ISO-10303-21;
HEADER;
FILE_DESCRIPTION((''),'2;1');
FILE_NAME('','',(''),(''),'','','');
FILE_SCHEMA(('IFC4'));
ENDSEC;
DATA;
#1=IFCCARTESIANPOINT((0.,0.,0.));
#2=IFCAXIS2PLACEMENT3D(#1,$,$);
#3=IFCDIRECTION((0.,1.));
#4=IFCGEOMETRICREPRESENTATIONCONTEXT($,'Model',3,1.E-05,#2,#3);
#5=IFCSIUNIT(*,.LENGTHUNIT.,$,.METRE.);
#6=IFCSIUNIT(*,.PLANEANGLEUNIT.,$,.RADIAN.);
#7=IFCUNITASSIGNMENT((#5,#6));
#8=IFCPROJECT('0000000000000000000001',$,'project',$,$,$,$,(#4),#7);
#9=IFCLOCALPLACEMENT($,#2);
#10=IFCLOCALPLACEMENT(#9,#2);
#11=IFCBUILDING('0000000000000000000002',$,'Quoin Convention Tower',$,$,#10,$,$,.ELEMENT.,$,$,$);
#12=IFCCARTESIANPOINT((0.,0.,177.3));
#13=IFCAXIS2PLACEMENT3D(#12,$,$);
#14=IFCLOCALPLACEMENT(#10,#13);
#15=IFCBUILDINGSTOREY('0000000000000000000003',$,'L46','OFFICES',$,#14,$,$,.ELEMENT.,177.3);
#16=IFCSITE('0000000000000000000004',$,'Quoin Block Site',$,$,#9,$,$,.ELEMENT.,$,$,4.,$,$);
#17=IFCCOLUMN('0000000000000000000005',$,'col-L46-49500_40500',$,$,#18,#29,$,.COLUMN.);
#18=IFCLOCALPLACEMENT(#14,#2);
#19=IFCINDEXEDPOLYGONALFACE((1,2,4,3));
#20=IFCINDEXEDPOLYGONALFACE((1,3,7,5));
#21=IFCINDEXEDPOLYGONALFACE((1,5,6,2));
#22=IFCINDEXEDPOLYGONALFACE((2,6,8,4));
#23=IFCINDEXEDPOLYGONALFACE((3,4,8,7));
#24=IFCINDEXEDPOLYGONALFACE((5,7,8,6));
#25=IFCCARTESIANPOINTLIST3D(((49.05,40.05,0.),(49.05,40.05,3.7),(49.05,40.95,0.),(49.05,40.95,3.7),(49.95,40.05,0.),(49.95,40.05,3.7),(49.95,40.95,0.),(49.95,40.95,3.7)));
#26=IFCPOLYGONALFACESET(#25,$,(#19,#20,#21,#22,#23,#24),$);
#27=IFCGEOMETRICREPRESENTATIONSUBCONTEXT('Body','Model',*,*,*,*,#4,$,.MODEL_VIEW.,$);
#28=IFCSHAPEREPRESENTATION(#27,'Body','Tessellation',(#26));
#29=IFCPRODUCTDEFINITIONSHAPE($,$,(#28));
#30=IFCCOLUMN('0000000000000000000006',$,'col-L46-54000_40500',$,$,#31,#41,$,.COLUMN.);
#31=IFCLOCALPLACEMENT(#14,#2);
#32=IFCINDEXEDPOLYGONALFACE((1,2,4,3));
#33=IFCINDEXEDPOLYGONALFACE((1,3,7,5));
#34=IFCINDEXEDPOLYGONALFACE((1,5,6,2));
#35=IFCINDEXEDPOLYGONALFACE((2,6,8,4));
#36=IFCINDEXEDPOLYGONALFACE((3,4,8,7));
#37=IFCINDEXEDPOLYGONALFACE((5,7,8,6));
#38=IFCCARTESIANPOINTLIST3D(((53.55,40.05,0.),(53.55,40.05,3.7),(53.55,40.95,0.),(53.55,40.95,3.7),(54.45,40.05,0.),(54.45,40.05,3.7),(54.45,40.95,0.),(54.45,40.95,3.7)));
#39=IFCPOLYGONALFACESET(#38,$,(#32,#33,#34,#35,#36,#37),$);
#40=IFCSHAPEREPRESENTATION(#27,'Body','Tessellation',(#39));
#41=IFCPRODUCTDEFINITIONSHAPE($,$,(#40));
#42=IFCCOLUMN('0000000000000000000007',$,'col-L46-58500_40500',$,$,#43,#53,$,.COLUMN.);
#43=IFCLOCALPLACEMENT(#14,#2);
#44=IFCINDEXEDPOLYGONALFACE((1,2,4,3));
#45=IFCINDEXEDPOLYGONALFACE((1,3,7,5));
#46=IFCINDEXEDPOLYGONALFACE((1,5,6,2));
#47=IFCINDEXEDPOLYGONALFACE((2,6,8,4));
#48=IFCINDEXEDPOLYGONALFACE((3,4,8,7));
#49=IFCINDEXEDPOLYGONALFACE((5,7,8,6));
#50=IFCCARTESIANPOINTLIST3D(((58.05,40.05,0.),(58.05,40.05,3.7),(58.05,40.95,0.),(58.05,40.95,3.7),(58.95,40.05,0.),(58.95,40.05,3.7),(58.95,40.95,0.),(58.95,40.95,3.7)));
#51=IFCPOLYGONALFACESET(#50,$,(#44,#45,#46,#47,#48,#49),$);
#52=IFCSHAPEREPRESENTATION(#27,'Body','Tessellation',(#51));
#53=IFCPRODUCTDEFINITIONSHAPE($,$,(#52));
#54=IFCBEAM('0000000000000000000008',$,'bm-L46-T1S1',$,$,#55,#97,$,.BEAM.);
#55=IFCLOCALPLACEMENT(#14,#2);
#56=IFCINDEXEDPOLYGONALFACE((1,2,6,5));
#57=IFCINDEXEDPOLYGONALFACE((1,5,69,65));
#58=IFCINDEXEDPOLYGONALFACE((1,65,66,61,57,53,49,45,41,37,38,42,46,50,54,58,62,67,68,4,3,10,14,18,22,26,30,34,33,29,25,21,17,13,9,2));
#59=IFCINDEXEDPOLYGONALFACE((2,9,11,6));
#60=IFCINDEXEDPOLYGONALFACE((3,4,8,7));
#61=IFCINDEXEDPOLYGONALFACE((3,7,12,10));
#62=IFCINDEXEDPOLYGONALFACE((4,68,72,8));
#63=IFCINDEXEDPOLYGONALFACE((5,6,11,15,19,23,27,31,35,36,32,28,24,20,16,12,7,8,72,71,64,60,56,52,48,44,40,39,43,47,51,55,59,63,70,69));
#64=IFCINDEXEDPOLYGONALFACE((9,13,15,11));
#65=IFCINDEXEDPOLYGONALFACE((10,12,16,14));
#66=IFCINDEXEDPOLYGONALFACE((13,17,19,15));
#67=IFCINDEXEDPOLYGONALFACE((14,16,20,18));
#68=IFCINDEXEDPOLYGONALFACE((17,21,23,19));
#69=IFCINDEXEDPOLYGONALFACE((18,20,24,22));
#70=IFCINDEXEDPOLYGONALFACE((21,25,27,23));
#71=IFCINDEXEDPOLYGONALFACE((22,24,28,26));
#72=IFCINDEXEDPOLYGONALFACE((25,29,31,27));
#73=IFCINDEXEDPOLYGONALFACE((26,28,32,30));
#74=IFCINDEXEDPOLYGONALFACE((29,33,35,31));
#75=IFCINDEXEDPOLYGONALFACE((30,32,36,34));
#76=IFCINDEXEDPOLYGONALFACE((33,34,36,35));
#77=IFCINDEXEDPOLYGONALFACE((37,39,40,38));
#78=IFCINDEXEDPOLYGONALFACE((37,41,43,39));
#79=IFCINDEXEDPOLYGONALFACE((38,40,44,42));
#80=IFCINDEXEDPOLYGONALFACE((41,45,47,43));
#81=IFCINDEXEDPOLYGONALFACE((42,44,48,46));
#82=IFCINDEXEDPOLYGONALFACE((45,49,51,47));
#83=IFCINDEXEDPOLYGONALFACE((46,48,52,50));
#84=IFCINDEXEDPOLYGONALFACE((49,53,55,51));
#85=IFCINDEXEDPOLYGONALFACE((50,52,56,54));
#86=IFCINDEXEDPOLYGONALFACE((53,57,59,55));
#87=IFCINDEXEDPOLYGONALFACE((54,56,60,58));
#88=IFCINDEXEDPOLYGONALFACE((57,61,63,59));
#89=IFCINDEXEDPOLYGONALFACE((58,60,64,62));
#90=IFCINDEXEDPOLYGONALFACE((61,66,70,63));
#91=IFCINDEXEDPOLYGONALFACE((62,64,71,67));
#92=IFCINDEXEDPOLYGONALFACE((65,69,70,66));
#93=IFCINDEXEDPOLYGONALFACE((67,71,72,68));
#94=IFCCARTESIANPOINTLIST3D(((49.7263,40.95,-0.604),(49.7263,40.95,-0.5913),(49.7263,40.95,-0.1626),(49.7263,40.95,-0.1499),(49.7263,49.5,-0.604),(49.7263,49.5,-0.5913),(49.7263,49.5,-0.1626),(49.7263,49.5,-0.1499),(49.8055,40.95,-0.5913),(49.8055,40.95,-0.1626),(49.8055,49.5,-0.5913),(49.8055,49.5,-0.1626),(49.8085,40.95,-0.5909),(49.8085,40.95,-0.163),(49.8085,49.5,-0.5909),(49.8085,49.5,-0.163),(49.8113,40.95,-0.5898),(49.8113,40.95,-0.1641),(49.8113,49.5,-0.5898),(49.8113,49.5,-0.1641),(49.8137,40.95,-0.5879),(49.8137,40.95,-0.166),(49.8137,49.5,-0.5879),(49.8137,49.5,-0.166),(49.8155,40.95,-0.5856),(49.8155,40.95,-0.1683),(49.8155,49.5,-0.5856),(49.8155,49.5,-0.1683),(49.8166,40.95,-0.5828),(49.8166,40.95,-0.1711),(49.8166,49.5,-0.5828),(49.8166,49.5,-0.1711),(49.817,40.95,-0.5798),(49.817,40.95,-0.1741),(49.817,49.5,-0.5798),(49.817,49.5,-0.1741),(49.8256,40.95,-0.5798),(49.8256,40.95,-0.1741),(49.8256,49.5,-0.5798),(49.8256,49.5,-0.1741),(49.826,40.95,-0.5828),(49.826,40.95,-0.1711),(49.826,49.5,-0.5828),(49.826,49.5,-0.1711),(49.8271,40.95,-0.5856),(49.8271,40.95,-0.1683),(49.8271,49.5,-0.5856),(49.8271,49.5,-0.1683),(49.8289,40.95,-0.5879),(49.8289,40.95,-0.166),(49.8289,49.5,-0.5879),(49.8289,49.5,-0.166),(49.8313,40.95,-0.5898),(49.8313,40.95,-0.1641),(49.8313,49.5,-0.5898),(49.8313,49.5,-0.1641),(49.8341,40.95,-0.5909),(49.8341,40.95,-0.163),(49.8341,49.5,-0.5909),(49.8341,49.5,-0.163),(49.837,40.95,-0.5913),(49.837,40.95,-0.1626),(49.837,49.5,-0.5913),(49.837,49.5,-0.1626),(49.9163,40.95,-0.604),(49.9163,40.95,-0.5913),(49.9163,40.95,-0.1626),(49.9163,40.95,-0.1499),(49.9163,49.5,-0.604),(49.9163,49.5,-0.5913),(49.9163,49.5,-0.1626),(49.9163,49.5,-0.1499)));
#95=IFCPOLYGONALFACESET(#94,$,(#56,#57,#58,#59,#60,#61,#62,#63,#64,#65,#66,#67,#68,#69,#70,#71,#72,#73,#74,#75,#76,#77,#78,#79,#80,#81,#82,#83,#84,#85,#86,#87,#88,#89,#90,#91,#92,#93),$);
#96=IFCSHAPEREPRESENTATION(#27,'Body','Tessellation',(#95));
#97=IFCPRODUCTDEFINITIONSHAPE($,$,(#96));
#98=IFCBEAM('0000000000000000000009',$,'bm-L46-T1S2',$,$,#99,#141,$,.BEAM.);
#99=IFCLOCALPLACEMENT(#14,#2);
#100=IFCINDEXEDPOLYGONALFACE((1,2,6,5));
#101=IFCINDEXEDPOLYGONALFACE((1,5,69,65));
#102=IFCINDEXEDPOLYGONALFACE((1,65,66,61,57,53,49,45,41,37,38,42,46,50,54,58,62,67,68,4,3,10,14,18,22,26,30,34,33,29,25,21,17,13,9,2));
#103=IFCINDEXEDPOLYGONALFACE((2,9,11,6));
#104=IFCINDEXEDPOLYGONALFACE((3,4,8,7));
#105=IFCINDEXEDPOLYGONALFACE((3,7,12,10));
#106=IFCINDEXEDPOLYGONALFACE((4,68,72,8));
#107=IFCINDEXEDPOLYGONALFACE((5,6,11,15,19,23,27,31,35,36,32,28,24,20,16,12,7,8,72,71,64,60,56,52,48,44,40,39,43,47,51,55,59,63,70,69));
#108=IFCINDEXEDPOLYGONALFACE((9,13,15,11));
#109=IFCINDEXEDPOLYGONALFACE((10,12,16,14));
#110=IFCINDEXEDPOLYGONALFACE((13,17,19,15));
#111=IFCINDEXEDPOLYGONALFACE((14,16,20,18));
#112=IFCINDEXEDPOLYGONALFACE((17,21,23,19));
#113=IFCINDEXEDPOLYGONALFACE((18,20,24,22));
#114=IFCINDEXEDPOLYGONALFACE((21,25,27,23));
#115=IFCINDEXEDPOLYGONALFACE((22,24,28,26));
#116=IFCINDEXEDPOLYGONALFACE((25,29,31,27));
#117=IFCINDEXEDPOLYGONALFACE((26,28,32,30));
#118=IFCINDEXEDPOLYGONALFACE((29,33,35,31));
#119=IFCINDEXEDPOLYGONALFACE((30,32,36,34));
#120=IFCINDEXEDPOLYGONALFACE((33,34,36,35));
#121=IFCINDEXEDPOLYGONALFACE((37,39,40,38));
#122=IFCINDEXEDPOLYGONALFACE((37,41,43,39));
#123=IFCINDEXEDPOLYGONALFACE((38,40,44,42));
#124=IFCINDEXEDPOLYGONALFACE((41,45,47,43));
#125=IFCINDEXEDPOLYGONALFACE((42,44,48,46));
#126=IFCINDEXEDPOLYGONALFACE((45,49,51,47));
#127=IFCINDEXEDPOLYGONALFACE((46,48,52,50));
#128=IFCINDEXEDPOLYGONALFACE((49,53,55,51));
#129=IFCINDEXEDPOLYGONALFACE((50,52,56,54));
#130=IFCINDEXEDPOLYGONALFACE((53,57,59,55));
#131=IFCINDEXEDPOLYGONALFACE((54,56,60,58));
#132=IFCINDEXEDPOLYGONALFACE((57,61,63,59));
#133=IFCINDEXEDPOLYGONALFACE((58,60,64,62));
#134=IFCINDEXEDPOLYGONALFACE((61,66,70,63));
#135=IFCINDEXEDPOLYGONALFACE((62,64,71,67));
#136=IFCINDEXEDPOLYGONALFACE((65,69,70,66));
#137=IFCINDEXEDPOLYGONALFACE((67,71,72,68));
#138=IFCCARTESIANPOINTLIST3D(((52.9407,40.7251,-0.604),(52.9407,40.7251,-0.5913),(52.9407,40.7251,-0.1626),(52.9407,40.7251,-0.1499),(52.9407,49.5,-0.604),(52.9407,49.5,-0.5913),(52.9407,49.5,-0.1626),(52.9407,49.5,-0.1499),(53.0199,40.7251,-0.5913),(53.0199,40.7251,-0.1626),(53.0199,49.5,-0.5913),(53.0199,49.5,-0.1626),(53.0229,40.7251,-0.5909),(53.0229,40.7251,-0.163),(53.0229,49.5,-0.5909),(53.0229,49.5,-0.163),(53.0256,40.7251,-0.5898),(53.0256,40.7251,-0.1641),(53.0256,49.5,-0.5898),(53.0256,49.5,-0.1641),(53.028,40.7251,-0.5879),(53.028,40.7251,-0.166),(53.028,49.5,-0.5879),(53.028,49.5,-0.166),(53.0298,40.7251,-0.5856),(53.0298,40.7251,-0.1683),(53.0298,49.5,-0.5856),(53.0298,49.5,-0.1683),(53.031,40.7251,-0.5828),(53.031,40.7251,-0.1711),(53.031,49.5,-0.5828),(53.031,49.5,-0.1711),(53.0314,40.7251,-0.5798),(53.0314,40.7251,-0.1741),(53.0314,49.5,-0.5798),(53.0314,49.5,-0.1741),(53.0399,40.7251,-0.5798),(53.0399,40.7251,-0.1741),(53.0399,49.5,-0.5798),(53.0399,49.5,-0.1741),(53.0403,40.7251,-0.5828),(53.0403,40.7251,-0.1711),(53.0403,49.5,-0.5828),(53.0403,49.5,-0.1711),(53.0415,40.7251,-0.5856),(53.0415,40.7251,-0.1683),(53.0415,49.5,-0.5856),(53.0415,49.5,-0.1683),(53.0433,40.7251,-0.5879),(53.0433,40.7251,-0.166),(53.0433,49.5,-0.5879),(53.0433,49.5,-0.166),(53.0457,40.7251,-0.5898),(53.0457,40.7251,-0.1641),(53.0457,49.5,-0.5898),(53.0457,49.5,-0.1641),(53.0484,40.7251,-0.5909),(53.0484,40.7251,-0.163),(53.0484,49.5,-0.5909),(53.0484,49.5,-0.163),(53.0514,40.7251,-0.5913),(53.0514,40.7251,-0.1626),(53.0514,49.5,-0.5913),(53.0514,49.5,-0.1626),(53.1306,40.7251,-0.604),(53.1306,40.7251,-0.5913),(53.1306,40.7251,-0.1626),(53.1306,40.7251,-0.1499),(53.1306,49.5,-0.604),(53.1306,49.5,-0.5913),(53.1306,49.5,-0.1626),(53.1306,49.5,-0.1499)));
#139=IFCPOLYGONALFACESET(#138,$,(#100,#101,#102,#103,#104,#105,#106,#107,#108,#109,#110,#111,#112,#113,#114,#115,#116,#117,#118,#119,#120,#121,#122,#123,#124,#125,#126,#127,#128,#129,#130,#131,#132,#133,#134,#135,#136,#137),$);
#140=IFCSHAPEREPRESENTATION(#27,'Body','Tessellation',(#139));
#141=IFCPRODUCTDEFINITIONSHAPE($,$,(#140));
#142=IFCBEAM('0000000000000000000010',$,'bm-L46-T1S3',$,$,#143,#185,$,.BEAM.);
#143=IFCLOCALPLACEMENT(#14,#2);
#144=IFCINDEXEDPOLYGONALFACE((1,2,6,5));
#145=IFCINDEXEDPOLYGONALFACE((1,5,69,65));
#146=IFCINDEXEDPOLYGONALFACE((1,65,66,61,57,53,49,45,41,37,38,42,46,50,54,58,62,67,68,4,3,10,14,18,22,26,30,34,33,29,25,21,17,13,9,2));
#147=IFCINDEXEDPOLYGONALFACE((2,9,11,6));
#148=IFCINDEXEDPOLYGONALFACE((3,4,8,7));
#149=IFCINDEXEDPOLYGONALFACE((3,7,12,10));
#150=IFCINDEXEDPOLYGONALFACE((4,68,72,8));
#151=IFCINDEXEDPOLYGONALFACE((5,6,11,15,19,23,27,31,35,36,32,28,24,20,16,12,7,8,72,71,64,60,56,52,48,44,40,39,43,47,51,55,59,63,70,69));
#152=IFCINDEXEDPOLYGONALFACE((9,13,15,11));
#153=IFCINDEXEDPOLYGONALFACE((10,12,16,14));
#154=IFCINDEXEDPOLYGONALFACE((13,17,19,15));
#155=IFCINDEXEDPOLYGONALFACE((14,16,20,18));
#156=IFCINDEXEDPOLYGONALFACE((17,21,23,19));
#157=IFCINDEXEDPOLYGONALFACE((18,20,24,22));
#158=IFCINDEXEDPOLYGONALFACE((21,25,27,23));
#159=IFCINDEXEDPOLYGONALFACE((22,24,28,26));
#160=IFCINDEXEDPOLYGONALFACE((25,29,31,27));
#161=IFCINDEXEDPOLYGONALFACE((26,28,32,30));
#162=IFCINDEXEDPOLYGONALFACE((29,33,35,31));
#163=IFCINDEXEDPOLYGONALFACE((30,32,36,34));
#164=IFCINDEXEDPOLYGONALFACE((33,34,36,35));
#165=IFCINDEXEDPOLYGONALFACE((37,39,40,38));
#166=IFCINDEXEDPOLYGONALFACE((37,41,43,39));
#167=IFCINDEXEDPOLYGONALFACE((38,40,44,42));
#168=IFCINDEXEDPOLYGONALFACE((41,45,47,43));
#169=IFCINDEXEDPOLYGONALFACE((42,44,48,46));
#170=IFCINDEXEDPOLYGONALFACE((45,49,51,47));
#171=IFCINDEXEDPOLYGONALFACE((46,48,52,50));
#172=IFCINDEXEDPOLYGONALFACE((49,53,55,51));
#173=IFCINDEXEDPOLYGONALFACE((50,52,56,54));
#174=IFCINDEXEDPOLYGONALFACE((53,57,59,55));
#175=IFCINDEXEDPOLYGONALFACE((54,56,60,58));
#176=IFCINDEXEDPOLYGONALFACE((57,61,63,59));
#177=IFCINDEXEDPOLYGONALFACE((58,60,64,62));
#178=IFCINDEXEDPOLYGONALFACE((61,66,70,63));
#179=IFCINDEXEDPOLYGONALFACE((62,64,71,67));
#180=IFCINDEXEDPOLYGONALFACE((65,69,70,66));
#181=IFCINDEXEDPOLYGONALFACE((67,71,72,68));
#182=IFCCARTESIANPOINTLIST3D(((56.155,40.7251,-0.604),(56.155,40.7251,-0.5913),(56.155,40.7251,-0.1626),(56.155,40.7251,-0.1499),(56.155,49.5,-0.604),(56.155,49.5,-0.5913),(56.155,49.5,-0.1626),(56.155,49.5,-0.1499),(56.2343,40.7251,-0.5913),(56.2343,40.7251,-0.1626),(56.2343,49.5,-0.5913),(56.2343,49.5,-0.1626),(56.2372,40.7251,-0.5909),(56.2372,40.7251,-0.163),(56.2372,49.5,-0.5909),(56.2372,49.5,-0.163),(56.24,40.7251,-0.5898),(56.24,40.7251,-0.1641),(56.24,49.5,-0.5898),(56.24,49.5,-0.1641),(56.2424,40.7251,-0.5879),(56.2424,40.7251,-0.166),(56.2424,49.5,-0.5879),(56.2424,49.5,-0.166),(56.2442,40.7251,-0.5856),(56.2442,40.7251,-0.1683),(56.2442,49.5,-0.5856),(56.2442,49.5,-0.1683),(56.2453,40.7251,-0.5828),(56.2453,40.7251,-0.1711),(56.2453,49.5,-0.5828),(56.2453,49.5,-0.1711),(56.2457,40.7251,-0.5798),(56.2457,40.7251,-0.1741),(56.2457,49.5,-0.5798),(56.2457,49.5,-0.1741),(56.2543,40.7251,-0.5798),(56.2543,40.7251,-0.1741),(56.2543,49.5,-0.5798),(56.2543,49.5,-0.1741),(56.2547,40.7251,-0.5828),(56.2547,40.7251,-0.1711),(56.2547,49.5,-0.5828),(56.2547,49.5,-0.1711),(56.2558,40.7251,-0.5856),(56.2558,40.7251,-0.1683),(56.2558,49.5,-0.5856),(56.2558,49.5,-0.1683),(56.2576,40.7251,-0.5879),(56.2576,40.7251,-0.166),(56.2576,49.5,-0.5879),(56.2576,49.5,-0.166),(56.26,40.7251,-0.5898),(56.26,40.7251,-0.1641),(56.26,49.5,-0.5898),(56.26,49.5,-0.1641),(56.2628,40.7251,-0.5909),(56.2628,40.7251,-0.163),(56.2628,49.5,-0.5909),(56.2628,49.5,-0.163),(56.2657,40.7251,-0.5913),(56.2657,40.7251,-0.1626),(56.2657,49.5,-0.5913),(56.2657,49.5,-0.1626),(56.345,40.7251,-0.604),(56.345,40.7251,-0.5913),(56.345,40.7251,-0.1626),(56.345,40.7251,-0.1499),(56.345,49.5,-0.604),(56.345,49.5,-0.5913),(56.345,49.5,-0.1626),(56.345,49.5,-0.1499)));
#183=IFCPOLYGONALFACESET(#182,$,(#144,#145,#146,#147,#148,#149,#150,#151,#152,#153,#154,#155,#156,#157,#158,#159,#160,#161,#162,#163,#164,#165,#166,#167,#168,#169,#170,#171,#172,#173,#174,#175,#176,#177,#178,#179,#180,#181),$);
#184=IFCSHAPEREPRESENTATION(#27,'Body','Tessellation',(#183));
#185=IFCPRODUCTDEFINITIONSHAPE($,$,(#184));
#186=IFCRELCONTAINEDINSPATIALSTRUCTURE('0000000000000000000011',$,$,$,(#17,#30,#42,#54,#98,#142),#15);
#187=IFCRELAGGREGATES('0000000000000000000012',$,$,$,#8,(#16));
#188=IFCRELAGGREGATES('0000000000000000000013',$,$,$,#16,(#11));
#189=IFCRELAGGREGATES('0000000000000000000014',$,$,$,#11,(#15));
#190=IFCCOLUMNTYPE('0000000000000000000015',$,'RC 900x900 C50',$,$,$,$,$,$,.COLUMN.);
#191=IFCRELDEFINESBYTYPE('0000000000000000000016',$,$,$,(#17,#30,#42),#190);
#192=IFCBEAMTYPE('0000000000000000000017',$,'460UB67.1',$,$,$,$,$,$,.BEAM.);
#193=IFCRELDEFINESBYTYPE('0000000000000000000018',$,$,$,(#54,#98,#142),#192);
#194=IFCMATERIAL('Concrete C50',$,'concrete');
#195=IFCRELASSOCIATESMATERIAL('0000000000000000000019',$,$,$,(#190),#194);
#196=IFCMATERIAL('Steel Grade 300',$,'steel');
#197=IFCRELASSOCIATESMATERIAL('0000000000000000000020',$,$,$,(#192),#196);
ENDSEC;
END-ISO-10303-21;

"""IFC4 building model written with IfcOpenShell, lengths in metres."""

from ifc_helpers import new_model, si_unit, direction, frame, origin, origin_2d, place, context, subcontext, project, spatial, rectangle, i_section, extrude, material, material_profile, profile_set, type_object, element, save


model = new_model("IFC4")

# Units and contexts
model_context = context("Model", 3, precision=1e-05, world=origin(), true_north=direction((0.0, 1.0)))
body_context = subcontext(model_context, "Body", "Model", "MODEL_VIEW")
ifc_project = project(units=[si_unit("LENGTHUNIT", "METRE"), si_unit("PLANEANGLEUNIT", "RADIAN")], contexts=[model_context])

# Site, building, storey
site_placement = place(None, origin())
site = spatial("IfcSite", under=ifc_project, at=site_placement, Name="Quoin Block Site", CompositionType="ELEMENT", RefElevation=4.0)
building_placement = place(site_placement, origin())
building = spatial("IfcBuilding", under=site, at=building_placement, Name="Quoin Convention Tower", CompositionType="ELEMENT")
storey_placement = place(building_placement, frame((0.0, 0.0, 177.3)))
storey = spatial("IfcBuildingStorey", under=building, at=storey_placement, Name="L46", Description="OFFICES", CompositionType="ELEMENT", Elevation=177.3)

# Columns
ifc_material_1 = material(Name="Concrete C50", Category="concrete")
ifc_material_profile_1 = material_profile(ifc_material_1, rectangle(XDim=0.8999, YDim=0.8999, at=origin_2d()), Name="RC 900x900")
ifc_profile_set_1 = profile_set([ifc_material_profile_1], Name="Concrete C50")
column_type = type_object("IfcColumnType", Name="RC 900x900 C50", PredefinedType="COLUMN", material=ifc_profile_set_1)
for number, where, z_axis, x_axis, name in (
    (1, (49.5, 40.5, 0.0), (0.0, 0.0, 1.0), (1.0, 0.0, 0.0), "col-L46-49500_40500"),
    (2, (54.0, 40.5, 0.0), (0.0, 0.0, 1.0), (1.0, 0.0, 0.0), "col-L46-54000_40500"),
    (3, (58.5, 40.5, 0.0), (0.0, 0.0, 1.0), (1.0, 0.0, 0.0), "col-L46-58500_40500"),
):
    element("IfcColumn", number, at=place(storey_placement, frame(where, z_axis=z_axis, x_axis=x_axis)), inside=storey, type_object=column_type, Name=name, PredefinedType="COLUMN", context=body_context, shape_type="SweptSolid", body=[
        extrude(rectangle(XDim=0.8999, YDim=0.8999, at=origin_2d()), origin(), (0.0, 0.0, 1.0), 3.7),
    ])

# Beams
ifc_material_2 = material(Name="Steel Grade 300", Category="steel")
ifc_material_profile_2 = material_profile(ifc_material_2, i_section(OverallWidth=0.1899, OverallDepth=0.4541, WebThickness=0.0085, FlangeThickness=0.0127, FilletRadius=0.0115, at=origin_2d()), Name="460UB67.1")
ifc_profile_set_2 = profile_set([ifc_material_profile_2], Name="Steel Grade 300")
beam_type_1 = type_object("IfcBeamType", Name="460UB67.1", PredefinedType="BEAM", material=ifc_profile_set_2)
beam_1_placement = place(storey_placement, frame((49.8213, 40.95, -0.377), z_axis=(0.0, 1.0, 0.0), x_axis=(-1.0, 0.0, 0.0)))
element("IfcBeam", 4, at=beam_1_placement, inside=storey, type_object=beam_type_1, Name="bm-L46-T1S1", PredefinedType="BEAM", context=body_context, shape_type="SweptSolid", body=[
    extrude(i_section(OverallWidth=0.1899, OverallDepth=0.4541, WebThickness=0.0085, FlangeThickness=0.0127, FilletRadius=0.0115, at=origin_2d()), origin(), (0.0, 0.0, 1.0), 8.55),
])
for number, where, z_axis, x_axis, name in (
    (5, (53.0356, 40.7251, -0.377), (0.0, 1.0, 0.0), (-1.0, 0.0, 0.0), "bm-L46-T1S2"),
    (6, (56.25, 40.7251, -0.377), (0.0, 1.0, 0.0), (-1.0, 0.0, 0.0), "bm-L46-T1S3"),
):
    element("IfcBeam", number, at=place(storey_placement, frame(where, z_axis=z_axis, x_axis=x_axis)), inside=storey, type_object=beam_type_1, Name=name, PredefinedType="BEAM", context=body_context, shape_type="SweptSolid", body=[
        extrude(i_section(OverallWidth=0.1899, OverallDepth=0.4541, WebThickness=0.0085, FlangeThickness=0.0127, FilletRadius=0.0115, at=origin_2d()), origin(), (0.0, 0.0, 1.0), 8.7749),
    ])

save(model, "model.ifc")
